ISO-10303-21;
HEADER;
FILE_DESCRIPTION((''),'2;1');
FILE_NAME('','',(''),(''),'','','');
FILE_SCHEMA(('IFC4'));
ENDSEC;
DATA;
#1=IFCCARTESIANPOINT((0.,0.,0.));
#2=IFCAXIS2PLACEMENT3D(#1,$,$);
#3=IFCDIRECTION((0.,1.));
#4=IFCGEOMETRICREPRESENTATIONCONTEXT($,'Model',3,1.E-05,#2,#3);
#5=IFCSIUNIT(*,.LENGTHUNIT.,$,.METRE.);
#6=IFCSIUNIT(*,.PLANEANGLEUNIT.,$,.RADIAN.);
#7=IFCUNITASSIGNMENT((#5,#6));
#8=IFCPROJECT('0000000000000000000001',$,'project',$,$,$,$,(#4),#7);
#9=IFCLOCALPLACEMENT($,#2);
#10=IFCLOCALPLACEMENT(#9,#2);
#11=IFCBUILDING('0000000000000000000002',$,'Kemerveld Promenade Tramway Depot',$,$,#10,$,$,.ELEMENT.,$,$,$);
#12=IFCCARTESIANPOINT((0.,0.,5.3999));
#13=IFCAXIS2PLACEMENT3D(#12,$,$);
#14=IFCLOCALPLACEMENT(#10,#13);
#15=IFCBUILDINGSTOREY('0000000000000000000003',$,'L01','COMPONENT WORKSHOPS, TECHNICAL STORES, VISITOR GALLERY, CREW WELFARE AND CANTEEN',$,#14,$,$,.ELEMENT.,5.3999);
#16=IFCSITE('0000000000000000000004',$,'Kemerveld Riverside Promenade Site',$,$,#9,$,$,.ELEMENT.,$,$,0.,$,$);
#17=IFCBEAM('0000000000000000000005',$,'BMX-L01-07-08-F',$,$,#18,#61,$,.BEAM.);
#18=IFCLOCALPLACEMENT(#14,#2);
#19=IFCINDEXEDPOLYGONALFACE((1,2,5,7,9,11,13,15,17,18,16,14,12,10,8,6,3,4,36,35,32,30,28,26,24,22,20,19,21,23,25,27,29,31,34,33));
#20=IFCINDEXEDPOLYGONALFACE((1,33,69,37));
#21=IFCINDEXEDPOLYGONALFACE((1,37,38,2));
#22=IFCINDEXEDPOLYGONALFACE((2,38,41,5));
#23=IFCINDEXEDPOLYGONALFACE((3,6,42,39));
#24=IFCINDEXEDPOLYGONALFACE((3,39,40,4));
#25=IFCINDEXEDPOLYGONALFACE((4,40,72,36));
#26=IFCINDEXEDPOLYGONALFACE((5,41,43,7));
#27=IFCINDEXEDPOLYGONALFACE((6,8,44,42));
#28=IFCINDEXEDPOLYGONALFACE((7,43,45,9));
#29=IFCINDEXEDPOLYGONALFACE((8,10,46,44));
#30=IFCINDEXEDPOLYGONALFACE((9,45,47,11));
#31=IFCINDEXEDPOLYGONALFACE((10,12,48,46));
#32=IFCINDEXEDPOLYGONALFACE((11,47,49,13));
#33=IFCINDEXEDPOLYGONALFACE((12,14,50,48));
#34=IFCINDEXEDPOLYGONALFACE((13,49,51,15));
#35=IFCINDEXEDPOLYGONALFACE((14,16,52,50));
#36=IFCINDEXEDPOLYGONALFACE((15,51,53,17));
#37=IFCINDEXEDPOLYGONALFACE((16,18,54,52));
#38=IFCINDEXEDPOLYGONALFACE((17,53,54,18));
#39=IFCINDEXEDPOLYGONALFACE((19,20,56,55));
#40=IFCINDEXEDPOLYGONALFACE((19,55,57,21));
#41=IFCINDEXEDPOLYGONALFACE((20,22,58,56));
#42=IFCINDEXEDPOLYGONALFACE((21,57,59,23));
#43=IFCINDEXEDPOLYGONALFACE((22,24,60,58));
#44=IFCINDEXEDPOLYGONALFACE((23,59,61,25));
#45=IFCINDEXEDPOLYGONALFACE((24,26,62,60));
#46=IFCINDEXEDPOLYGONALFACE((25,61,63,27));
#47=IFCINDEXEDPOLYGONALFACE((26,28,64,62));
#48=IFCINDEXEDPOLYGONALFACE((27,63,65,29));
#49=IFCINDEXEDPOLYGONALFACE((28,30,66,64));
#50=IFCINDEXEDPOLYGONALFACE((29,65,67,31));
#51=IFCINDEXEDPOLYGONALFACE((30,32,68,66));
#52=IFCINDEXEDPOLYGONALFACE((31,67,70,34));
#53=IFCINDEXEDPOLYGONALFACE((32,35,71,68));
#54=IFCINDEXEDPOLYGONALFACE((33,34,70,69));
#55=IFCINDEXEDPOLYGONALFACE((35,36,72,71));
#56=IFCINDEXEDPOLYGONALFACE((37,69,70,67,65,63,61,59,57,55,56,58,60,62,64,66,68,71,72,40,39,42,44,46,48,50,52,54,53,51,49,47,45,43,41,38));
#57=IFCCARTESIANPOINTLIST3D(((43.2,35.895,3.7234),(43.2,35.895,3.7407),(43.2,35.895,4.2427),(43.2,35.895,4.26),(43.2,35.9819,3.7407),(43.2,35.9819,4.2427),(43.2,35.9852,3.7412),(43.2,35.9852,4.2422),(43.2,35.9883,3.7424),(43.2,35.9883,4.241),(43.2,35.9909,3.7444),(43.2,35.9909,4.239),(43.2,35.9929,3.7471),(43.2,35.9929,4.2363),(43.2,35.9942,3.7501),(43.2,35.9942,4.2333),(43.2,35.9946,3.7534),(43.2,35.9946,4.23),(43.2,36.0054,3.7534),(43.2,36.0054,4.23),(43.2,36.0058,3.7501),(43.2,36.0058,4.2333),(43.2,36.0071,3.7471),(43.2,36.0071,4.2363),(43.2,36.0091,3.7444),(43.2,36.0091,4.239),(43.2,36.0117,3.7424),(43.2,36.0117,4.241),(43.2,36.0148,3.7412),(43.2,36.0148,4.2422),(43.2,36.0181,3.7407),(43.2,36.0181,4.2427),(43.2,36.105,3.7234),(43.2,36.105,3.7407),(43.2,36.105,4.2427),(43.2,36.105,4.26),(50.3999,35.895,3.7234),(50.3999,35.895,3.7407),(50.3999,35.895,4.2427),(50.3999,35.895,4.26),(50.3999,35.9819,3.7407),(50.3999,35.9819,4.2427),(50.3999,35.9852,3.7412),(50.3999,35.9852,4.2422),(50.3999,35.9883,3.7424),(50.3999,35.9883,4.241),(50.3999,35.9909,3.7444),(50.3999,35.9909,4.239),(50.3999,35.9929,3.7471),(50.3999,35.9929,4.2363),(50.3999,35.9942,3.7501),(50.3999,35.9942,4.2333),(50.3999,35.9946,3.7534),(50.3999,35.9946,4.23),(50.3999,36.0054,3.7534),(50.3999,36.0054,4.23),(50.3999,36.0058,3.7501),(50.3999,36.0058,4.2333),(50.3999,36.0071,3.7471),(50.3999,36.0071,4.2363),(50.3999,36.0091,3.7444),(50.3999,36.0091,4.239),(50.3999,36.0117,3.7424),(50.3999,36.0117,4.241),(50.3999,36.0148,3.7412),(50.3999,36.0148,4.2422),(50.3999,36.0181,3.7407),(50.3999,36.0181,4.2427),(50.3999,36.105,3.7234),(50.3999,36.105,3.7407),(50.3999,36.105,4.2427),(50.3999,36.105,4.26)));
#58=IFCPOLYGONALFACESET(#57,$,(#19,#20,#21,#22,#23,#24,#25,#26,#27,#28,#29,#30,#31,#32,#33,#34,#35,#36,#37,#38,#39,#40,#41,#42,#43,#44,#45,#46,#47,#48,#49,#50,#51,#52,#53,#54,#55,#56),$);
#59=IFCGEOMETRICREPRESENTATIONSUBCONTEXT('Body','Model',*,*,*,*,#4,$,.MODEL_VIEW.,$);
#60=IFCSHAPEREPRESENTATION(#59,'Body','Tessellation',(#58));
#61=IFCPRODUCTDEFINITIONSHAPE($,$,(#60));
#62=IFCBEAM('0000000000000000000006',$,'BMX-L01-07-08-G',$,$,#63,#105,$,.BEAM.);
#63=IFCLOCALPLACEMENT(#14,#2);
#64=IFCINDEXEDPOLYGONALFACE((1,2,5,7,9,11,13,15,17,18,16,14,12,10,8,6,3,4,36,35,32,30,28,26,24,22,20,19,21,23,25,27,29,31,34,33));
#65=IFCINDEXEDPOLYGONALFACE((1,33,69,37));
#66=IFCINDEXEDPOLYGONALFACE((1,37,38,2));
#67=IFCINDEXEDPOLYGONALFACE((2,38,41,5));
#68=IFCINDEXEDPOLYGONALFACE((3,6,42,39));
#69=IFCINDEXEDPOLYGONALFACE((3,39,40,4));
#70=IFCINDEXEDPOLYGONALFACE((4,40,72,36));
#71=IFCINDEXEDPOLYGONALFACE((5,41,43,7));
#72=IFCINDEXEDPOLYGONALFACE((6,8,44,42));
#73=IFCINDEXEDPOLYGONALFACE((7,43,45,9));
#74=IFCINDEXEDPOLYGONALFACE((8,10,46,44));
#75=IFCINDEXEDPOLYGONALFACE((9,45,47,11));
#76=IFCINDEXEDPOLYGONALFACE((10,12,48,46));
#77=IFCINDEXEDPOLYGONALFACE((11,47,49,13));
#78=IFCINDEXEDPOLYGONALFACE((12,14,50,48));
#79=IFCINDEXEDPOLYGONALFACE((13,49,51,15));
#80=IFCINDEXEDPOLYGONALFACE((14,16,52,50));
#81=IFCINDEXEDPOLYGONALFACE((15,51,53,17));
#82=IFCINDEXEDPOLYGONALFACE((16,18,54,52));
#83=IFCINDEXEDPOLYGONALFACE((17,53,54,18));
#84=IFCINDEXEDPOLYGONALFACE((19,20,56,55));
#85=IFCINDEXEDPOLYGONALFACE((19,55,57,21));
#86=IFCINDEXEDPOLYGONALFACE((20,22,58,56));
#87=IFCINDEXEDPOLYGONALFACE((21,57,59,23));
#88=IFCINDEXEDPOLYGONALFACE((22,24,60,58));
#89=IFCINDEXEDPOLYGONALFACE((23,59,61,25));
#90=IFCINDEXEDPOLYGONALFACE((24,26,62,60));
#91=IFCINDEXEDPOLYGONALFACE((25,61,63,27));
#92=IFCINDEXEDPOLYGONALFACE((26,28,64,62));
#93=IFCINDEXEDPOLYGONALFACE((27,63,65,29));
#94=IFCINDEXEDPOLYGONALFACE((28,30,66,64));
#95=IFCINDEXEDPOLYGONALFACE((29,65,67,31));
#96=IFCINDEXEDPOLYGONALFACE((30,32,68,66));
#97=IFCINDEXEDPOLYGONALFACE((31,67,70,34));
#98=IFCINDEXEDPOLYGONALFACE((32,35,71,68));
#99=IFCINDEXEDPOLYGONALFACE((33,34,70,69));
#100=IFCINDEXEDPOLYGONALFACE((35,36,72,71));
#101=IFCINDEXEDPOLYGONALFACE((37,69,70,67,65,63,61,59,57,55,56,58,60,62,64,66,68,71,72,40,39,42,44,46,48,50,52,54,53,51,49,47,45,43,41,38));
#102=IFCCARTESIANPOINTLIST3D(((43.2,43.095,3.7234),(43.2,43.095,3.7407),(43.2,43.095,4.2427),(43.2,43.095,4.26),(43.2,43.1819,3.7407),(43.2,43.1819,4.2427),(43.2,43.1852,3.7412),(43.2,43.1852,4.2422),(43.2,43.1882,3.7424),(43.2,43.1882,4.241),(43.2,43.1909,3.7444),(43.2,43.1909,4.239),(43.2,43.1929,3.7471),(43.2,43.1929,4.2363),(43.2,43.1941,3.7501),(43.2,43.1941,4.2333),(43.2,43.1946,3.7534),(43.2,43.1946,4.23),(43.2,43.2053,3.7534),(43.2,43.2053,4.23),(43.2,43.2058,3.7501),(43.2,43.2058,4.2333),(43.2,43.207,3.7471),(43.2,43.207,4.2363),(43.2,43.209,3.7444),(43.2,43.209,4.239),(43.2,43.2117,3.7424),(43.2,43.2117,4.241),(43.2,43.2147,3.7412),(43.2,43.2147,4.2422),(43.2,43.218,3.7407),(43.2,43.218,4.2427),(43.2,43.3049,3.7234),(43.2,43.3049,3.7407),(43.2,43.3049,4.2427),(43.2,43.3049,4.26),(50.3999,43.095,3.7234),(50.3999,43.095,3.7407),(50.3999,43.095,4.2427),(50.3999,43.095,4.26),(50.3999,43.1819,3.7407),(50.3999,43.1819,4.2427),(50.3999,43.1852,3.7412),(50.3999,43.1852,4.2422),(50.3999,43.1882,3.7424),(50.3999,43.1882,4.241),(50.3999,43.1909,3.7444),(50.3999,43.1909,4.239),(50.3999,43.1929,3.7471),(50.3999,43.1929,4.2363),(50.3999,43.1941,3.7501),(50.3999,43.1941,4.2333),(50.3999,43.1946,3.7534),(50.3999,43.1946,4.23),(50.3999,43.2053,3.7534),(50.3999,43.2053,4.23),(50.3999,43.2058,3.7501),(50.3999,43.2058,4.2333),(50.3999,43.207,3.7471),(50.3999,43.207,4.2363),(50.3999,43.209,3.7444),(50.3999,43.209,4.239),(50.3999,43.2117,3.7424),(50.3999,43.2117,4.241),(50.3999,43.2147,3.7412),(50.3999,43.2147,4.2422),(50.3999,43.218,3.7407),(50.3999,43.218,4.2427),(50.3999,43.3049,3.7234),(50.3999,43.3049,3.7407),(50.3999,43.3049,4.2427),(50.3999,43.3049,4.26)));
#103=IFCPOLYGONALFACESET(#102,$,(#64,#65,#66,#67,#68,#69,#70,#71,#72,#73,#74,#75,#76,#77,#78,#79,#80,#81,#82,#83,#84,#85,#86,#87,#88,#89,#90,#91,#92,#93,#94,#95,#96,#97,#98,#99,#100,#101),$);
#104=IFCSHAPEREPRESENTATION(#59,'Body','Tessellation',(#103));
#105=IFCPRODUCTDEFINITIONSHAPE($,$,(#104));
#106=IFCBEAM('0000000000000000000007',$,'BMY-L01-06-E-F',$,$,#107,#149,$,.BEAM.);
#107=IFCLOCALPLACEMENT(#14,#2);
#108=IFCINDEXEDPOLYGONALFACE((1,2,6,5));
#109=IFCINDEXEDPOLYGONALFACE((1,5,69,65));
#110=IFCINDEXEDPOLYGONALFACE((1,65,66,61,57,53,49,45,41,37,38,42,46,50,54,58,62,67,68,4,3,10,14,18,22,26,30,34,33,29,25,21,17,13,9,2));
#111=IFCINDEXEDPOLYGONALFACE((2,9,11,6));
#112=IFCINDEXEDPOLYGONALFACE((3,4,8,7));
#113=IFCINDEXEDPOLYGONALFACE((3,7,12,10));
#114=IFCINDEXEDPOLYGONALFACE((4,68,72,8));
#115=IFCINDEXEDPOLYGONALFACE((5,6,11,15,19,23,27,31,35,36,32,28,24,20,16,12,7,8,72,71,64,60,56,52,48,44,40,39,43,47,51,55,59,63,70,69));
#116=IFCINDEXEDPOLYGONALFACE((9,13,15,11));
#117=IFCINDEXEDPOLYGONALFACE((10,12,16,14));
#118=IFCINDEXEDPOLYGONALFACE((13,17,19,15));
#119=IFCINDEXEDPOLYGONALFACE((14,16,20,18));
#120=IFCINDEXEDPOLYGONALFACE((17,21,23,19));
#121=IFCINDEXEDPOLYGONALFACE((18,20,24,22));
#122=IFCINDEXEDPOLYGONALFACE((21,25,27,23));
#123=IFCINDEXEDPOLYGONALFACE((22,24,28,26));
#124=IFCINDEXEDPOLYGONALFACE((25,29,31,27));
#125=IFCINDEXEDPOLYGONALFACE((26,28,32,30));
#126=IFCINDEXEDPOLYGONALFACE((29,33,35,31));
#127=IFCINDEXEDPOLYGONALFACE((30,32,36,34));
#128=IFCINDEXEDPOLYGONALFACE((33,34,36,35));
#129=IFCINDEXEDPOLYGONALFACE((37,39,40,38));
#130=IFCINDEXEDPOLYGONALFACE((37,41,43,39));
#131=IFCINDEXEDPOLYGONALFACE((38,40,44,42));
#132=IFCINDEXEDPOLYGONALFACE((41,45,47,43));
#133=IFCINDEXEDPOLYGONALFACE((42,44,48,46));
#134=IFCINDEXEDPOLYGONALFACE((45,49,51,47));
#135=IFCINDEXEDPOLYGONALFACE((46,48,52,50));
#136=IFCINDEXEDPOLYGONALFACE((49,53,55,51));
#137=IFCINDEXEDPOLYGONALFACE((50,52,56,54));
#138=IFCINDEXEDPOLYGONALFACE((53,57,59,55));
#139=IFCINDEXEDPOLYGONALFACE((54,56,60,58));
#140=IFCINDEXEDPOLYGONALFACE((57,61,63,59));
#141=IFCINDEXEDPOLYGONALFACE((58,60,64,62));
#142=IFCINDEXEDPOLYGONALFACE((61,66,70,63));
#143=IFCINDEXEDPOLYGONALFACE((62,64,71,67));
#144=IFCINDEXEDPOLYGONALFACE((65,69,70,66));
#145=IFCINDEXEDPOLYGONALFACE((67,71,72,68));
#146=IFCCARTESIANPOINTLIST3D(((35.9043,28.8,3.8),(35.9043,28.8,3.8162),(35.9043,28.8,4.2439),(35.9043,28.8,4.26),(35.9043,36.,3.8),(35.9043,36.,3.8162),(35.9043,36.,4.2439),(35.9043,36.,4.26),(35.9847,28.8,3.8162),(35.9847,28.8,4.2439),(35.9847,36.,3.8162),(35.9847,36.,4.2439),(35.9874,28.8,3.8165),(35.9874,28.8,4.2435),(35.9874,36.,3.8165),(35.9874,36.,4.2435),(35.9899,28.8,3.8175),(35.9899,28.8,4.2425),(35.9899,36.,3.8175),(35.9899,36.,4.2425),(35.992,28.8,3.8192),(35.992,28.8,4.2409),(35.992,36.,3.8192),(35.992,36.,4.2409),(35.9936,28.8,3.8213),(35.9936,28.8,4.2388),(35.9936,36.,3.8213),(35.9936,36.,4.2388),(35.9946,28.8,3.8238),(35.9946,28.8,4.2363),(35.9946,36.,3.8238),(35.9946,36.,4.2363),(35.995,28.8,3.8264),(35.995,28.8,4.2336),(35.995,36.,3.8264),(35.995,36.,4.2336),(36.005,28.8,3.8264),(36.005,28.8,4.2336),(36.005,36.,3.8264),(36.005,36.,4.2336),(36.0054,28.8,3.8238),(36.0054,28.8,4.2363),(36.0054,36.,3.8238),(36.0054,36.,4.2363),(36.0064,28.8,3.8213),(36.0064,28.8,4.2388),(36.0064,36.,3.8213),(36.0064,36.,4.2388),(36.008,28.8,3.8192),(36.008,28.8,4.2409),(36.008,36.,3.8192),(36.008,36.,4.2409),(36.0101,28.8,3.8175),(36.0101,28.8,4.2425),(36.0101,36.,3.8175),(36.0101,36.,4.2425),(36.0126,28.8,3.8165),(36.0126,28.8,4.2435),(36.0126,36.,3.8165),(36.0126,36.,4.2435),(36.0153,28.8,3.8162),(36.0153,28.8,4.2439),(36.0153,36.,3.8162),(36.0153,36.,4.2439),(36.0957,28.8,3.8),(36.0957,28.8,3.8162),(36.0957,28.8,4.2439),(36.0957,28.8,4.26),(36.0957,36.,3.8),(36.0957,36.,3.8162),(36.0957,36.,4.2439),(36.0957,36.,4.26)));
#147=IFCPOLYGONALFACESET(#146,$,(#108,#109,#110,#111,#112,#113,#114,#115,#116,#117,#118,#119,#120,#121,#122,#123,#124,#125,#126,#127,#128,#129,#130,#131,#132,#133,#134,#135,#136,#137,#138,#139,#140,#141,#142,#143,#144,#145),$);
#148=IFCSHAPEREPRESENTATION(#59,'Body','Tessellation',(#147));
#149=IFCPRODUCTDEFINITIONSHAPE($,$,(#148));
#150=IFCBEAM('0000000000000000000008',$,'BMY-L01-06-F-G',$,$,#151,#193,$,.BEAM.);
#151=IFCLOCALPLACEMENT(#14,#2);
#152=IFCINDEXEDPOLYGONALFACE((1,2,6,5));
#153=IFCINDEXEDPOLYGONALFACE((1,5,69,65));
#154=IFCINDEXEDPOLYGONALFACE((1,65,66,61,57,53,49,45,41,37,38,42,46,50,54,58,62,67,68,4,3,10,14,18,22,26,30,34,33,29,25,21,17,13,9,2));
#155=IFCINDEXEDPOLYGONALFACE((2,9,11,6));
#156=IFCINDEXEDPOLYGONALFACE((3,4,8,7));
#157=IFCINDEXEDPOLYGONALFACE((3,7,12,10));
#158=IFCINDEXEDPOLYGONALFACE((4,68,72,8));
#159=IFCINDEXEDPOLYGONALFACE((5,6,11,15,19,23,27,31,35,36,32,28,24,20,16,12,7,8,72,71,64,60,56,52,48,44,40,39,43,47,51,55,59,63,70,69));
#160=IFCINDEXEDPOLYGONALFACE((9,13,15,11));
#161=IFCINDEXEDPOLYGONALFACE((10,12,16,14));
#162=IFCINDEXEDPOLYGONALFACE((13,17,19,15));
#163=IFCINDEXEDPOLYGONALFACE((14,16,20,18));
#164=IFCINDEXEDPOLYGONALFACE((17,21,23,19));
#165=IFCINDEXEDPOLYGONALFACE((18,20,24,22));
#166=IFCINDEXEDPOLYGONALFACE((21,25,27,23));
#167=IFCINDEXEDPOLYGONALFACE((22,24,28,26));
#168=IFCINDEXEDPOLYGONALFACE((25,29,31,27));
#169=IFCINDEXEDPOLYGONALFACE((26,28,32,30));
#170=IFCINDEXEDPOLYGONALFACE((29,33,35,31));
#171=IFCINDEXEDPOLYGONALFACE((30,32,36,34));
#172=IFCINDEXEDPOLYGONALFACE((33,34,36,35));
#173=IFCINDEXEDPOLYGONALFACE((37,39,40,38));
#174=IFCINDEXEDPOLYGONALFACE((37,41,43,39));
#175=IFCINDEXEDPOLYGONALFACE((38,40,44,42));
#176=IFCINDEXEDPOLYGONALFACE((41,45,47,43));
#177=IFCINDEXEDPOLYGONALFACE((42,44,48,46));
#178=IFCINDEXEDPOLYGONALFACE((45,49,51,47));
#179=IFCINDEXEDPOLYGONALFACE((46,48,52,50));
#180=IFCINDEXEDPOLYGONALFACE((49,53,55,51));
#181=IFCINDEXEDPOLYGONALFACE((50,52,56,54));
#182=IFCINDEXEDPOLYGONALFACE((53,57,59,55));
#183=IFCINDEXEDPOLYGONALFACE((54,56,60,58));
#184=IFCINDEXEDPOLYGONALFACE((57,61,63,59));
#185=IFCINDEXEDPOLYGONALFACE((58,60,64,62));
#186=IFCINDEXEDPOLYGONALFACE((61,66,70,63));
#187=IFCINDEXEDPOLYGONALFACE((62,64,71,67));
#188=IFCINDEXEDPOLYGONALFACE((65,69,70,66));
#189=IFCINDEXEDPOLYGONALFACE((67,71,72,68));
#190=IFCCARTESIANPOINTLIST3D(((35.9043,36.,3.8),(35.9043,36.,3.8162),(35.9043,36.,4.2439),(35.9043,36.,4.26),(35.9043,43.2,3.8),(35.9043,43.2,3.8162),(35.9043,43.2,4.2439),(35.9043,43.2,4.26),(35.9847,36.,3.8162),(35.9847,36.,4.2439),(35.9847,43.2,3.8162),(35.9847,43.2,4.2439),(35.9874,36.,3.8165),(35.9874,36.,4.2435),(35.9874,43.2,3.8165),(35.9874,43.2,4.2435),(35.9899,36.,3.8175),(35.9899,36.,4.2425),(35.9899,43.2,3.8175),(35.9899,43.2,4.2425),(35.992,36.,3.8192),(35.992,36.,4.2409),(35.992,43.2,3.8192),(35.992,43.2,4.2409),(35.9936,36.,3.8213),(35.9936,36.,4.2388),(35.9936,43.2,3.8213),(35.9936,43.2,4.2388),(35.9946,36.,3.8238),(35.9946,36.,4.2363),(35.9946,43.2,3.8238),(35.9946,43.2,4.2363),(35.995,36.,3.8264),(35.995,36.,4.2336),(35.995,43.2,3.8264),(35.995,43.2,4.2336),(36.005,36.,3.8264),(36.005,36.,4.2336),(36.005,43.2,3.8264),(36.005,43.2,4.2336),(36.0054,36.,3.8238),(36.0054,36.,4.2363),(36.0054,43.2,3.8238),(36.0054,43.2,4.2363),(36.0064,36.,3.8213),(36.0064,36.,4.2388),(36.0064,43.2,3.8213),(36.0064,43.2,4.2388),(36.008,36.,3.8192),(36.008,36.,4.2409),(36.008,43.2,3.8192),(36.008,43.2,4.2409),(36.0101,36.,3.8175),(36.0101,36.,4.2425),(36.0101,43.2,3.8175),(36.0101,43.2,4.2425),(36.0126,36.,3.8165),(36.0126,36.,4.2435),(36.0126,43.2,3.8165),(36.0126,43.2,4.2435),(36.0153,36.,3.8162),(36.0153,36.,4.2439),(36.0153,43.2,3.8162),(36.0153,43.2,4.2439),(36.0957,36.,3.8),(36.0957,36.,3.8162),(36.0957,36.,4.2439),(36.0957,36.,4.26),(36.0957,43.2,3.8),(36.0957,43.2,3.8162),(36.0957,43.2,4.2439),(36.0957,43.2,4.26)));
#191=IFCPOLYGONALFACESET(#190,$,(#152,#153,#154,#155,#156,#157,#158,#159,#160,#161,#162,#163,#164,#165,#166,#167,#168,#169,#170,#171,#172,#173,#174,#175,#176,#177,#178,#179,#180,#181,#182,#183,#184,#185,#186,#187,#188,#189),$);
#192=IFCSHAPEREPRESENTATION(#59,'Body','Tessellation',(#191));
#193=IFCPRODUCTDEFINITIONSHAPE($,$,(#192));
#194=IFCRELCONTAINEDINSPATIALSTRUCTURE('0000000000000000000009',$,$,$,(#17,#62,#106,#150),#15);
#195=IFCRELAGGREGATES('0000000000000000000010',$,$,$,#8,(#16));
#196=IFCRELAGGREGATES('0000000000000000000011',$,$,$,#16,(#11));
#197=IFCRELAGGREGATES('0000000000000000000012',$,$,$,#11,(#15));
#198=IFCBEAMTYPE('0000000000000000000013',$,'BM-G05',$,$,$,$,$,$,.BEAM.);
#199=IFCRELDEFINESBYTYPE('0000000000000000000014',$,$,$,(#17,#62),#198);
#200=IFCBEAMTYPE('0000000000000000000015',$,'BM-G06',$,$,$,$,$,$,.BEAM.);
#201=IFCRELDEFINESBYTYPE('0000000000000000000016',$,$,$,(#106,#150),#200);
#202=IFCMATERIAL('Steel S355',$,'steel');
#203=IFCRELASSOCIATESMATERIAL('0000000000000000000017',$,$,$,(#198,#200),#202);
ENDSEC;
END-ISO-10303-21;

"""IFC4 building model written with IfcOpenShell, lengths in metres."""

from ifc_helpers import new_model, si_unit, direction, frame, origin, origin_2d, place, context, subcontext, project, spatial, i_section, extrude, material, material_profile, profile_set, type_object, element, save


model = new_model("IFC4")

# Units and contexts
model_context = context("Model", 3, precision=1e-05, world=origin(), true_north=direction((0.0, 1.0)))
body_context = subcontext(model_context, "Body", "Model", "MODEL_VIEW")
ifc_project = project(units=[si_unit("LENGTHUNIT", "METRE"), si_unit("PLANEANGLEUNIT", "RADIAN")], contexts=[model_context])

# Site, building, storey
site_placement = place(None, origin())
site = spatial("IfcSite", under=ifc_project, at=site_placement, Name="Kemerveld Riverside Promenade Site", CompositionType="ELEMENT", RefElevation=0.0)
building_placement = place(site_placement, origin())
building = spatial("IfcBuilding", under=site, at=building_placement, Name="Kemerveld Promenade Tramway Depot", CompositionType="ELEMENT")
storey_placement = place(building_placement, frame((0.0, 0.0, 5.3999)))
storey = spatial("IfcBuildingStorey", under=building, at=storey_placement, Name="L01", Description="COMPONENT WORKSHOPS, TECHNICAL STORES, VISITOR GALLERY, CREW WELFARE AND CANTEEN", CompositionType="ELEMENT", Elevation=5.3999)

# Shared definitions
ifc_material_1 = material(Name="Steel S355", Category="steel")

# Beams
ifc_material_profile_1 = material_profile(ifc_material_1, i_section(OverallWidth=0.21, OverallDepth=0.5366, WebThickness=0.0107, FlangeThickness=0.0173, FilletRadius=0.0127, at=origin_2d()), Name="533x210x101 UB")
ifc_profile_set_1 = profile_set([ifc_material_profile_1], Name="Steel S355")
beam_type_1 = type_object("IfcBeamType", Name="BM-G05", PredefinedType="BEAM", material=ifc_profile_set_1)
for number, where, z_axis, x_axis, name in (
    (1, (43.2, 36.0, 3.9917), (1.0, 0.0, 0.0), (0.0, 1.0, 0.0), "BMX-L01-07-08-F"),
    (2, (43.2, 43.2, 3.9917), (1.0, 0.0, 0.0), (0.0, 1.0, 0.0), "BMX-L01-07-08-G"),
):
    element("IfcBeam", number, at=place(storey_placement, frame(where, z_axis=z_axis, x_axis=x_axis)), inside=storey, type_object=beam_type_1, Name=name, PredefinedType="BEAM", context=body_context, shape_type="SweptSolid", body=[
        extrude(i_section(OverallWidth=0.21, OverallDepth=0.5366, WebThickness=0.0107, FlangeThickness=0.0173, FilletRadius=0.0127, at=origin_2d()), origin(), (0.0, 0.0, 1.0), 7.2),
    ])
ifc_material_profile_2 = material_profile(ifc_material_1, i_section(OverallWidth=0.1914, OverallDepth=0.46, WebThickness=0.01, FlangeThickness=0.0161, FilletRadius=0.0103, at=origin_2d()), Name="457x191x82 UB")
ifc_profile_set_2 = profile_set([ifc_material_profile_2], Name="Steel S355")
beam_type_2 = type_object("IfcBeamType", Name="BM-G06", PredefinedType="BEAM", material=ifc_profile_set_2)
for number, where, z_axis, x_axis, name in (
    (3, (36.0, 28.8, 4.03), (0.0, 1.0, 0.0), (-1.0, 0.0, 0.0), "BMY-L01-06-E-F"),
    (4, (36.0, 36.0, 4.03), (0.0, 1.0, 0.0), (-1.0, 0.0, 0.0), "BMY-L01-06-F-G"),
):
    element("IfcBeam", number, at=place(storey_placement, frame(where, z_axis=z_axis, x_axis=x_axis)), inside=storey, type_object=beam_type_2, Name=name, PredefinedType="BEAM", context=body_context, shape_type="SweptSolid", body=[
        extrude(i_section(OverallWidth=0.1914, OverallDepth=0.46, WebThickness=0.01, FlangeThickness=0.0161, FilletRadius=0.0103, at=origin_2d()), origin(), (0.0, 0.0, 1.0), 7.2),
    ])

save(model, "model.ifc")
